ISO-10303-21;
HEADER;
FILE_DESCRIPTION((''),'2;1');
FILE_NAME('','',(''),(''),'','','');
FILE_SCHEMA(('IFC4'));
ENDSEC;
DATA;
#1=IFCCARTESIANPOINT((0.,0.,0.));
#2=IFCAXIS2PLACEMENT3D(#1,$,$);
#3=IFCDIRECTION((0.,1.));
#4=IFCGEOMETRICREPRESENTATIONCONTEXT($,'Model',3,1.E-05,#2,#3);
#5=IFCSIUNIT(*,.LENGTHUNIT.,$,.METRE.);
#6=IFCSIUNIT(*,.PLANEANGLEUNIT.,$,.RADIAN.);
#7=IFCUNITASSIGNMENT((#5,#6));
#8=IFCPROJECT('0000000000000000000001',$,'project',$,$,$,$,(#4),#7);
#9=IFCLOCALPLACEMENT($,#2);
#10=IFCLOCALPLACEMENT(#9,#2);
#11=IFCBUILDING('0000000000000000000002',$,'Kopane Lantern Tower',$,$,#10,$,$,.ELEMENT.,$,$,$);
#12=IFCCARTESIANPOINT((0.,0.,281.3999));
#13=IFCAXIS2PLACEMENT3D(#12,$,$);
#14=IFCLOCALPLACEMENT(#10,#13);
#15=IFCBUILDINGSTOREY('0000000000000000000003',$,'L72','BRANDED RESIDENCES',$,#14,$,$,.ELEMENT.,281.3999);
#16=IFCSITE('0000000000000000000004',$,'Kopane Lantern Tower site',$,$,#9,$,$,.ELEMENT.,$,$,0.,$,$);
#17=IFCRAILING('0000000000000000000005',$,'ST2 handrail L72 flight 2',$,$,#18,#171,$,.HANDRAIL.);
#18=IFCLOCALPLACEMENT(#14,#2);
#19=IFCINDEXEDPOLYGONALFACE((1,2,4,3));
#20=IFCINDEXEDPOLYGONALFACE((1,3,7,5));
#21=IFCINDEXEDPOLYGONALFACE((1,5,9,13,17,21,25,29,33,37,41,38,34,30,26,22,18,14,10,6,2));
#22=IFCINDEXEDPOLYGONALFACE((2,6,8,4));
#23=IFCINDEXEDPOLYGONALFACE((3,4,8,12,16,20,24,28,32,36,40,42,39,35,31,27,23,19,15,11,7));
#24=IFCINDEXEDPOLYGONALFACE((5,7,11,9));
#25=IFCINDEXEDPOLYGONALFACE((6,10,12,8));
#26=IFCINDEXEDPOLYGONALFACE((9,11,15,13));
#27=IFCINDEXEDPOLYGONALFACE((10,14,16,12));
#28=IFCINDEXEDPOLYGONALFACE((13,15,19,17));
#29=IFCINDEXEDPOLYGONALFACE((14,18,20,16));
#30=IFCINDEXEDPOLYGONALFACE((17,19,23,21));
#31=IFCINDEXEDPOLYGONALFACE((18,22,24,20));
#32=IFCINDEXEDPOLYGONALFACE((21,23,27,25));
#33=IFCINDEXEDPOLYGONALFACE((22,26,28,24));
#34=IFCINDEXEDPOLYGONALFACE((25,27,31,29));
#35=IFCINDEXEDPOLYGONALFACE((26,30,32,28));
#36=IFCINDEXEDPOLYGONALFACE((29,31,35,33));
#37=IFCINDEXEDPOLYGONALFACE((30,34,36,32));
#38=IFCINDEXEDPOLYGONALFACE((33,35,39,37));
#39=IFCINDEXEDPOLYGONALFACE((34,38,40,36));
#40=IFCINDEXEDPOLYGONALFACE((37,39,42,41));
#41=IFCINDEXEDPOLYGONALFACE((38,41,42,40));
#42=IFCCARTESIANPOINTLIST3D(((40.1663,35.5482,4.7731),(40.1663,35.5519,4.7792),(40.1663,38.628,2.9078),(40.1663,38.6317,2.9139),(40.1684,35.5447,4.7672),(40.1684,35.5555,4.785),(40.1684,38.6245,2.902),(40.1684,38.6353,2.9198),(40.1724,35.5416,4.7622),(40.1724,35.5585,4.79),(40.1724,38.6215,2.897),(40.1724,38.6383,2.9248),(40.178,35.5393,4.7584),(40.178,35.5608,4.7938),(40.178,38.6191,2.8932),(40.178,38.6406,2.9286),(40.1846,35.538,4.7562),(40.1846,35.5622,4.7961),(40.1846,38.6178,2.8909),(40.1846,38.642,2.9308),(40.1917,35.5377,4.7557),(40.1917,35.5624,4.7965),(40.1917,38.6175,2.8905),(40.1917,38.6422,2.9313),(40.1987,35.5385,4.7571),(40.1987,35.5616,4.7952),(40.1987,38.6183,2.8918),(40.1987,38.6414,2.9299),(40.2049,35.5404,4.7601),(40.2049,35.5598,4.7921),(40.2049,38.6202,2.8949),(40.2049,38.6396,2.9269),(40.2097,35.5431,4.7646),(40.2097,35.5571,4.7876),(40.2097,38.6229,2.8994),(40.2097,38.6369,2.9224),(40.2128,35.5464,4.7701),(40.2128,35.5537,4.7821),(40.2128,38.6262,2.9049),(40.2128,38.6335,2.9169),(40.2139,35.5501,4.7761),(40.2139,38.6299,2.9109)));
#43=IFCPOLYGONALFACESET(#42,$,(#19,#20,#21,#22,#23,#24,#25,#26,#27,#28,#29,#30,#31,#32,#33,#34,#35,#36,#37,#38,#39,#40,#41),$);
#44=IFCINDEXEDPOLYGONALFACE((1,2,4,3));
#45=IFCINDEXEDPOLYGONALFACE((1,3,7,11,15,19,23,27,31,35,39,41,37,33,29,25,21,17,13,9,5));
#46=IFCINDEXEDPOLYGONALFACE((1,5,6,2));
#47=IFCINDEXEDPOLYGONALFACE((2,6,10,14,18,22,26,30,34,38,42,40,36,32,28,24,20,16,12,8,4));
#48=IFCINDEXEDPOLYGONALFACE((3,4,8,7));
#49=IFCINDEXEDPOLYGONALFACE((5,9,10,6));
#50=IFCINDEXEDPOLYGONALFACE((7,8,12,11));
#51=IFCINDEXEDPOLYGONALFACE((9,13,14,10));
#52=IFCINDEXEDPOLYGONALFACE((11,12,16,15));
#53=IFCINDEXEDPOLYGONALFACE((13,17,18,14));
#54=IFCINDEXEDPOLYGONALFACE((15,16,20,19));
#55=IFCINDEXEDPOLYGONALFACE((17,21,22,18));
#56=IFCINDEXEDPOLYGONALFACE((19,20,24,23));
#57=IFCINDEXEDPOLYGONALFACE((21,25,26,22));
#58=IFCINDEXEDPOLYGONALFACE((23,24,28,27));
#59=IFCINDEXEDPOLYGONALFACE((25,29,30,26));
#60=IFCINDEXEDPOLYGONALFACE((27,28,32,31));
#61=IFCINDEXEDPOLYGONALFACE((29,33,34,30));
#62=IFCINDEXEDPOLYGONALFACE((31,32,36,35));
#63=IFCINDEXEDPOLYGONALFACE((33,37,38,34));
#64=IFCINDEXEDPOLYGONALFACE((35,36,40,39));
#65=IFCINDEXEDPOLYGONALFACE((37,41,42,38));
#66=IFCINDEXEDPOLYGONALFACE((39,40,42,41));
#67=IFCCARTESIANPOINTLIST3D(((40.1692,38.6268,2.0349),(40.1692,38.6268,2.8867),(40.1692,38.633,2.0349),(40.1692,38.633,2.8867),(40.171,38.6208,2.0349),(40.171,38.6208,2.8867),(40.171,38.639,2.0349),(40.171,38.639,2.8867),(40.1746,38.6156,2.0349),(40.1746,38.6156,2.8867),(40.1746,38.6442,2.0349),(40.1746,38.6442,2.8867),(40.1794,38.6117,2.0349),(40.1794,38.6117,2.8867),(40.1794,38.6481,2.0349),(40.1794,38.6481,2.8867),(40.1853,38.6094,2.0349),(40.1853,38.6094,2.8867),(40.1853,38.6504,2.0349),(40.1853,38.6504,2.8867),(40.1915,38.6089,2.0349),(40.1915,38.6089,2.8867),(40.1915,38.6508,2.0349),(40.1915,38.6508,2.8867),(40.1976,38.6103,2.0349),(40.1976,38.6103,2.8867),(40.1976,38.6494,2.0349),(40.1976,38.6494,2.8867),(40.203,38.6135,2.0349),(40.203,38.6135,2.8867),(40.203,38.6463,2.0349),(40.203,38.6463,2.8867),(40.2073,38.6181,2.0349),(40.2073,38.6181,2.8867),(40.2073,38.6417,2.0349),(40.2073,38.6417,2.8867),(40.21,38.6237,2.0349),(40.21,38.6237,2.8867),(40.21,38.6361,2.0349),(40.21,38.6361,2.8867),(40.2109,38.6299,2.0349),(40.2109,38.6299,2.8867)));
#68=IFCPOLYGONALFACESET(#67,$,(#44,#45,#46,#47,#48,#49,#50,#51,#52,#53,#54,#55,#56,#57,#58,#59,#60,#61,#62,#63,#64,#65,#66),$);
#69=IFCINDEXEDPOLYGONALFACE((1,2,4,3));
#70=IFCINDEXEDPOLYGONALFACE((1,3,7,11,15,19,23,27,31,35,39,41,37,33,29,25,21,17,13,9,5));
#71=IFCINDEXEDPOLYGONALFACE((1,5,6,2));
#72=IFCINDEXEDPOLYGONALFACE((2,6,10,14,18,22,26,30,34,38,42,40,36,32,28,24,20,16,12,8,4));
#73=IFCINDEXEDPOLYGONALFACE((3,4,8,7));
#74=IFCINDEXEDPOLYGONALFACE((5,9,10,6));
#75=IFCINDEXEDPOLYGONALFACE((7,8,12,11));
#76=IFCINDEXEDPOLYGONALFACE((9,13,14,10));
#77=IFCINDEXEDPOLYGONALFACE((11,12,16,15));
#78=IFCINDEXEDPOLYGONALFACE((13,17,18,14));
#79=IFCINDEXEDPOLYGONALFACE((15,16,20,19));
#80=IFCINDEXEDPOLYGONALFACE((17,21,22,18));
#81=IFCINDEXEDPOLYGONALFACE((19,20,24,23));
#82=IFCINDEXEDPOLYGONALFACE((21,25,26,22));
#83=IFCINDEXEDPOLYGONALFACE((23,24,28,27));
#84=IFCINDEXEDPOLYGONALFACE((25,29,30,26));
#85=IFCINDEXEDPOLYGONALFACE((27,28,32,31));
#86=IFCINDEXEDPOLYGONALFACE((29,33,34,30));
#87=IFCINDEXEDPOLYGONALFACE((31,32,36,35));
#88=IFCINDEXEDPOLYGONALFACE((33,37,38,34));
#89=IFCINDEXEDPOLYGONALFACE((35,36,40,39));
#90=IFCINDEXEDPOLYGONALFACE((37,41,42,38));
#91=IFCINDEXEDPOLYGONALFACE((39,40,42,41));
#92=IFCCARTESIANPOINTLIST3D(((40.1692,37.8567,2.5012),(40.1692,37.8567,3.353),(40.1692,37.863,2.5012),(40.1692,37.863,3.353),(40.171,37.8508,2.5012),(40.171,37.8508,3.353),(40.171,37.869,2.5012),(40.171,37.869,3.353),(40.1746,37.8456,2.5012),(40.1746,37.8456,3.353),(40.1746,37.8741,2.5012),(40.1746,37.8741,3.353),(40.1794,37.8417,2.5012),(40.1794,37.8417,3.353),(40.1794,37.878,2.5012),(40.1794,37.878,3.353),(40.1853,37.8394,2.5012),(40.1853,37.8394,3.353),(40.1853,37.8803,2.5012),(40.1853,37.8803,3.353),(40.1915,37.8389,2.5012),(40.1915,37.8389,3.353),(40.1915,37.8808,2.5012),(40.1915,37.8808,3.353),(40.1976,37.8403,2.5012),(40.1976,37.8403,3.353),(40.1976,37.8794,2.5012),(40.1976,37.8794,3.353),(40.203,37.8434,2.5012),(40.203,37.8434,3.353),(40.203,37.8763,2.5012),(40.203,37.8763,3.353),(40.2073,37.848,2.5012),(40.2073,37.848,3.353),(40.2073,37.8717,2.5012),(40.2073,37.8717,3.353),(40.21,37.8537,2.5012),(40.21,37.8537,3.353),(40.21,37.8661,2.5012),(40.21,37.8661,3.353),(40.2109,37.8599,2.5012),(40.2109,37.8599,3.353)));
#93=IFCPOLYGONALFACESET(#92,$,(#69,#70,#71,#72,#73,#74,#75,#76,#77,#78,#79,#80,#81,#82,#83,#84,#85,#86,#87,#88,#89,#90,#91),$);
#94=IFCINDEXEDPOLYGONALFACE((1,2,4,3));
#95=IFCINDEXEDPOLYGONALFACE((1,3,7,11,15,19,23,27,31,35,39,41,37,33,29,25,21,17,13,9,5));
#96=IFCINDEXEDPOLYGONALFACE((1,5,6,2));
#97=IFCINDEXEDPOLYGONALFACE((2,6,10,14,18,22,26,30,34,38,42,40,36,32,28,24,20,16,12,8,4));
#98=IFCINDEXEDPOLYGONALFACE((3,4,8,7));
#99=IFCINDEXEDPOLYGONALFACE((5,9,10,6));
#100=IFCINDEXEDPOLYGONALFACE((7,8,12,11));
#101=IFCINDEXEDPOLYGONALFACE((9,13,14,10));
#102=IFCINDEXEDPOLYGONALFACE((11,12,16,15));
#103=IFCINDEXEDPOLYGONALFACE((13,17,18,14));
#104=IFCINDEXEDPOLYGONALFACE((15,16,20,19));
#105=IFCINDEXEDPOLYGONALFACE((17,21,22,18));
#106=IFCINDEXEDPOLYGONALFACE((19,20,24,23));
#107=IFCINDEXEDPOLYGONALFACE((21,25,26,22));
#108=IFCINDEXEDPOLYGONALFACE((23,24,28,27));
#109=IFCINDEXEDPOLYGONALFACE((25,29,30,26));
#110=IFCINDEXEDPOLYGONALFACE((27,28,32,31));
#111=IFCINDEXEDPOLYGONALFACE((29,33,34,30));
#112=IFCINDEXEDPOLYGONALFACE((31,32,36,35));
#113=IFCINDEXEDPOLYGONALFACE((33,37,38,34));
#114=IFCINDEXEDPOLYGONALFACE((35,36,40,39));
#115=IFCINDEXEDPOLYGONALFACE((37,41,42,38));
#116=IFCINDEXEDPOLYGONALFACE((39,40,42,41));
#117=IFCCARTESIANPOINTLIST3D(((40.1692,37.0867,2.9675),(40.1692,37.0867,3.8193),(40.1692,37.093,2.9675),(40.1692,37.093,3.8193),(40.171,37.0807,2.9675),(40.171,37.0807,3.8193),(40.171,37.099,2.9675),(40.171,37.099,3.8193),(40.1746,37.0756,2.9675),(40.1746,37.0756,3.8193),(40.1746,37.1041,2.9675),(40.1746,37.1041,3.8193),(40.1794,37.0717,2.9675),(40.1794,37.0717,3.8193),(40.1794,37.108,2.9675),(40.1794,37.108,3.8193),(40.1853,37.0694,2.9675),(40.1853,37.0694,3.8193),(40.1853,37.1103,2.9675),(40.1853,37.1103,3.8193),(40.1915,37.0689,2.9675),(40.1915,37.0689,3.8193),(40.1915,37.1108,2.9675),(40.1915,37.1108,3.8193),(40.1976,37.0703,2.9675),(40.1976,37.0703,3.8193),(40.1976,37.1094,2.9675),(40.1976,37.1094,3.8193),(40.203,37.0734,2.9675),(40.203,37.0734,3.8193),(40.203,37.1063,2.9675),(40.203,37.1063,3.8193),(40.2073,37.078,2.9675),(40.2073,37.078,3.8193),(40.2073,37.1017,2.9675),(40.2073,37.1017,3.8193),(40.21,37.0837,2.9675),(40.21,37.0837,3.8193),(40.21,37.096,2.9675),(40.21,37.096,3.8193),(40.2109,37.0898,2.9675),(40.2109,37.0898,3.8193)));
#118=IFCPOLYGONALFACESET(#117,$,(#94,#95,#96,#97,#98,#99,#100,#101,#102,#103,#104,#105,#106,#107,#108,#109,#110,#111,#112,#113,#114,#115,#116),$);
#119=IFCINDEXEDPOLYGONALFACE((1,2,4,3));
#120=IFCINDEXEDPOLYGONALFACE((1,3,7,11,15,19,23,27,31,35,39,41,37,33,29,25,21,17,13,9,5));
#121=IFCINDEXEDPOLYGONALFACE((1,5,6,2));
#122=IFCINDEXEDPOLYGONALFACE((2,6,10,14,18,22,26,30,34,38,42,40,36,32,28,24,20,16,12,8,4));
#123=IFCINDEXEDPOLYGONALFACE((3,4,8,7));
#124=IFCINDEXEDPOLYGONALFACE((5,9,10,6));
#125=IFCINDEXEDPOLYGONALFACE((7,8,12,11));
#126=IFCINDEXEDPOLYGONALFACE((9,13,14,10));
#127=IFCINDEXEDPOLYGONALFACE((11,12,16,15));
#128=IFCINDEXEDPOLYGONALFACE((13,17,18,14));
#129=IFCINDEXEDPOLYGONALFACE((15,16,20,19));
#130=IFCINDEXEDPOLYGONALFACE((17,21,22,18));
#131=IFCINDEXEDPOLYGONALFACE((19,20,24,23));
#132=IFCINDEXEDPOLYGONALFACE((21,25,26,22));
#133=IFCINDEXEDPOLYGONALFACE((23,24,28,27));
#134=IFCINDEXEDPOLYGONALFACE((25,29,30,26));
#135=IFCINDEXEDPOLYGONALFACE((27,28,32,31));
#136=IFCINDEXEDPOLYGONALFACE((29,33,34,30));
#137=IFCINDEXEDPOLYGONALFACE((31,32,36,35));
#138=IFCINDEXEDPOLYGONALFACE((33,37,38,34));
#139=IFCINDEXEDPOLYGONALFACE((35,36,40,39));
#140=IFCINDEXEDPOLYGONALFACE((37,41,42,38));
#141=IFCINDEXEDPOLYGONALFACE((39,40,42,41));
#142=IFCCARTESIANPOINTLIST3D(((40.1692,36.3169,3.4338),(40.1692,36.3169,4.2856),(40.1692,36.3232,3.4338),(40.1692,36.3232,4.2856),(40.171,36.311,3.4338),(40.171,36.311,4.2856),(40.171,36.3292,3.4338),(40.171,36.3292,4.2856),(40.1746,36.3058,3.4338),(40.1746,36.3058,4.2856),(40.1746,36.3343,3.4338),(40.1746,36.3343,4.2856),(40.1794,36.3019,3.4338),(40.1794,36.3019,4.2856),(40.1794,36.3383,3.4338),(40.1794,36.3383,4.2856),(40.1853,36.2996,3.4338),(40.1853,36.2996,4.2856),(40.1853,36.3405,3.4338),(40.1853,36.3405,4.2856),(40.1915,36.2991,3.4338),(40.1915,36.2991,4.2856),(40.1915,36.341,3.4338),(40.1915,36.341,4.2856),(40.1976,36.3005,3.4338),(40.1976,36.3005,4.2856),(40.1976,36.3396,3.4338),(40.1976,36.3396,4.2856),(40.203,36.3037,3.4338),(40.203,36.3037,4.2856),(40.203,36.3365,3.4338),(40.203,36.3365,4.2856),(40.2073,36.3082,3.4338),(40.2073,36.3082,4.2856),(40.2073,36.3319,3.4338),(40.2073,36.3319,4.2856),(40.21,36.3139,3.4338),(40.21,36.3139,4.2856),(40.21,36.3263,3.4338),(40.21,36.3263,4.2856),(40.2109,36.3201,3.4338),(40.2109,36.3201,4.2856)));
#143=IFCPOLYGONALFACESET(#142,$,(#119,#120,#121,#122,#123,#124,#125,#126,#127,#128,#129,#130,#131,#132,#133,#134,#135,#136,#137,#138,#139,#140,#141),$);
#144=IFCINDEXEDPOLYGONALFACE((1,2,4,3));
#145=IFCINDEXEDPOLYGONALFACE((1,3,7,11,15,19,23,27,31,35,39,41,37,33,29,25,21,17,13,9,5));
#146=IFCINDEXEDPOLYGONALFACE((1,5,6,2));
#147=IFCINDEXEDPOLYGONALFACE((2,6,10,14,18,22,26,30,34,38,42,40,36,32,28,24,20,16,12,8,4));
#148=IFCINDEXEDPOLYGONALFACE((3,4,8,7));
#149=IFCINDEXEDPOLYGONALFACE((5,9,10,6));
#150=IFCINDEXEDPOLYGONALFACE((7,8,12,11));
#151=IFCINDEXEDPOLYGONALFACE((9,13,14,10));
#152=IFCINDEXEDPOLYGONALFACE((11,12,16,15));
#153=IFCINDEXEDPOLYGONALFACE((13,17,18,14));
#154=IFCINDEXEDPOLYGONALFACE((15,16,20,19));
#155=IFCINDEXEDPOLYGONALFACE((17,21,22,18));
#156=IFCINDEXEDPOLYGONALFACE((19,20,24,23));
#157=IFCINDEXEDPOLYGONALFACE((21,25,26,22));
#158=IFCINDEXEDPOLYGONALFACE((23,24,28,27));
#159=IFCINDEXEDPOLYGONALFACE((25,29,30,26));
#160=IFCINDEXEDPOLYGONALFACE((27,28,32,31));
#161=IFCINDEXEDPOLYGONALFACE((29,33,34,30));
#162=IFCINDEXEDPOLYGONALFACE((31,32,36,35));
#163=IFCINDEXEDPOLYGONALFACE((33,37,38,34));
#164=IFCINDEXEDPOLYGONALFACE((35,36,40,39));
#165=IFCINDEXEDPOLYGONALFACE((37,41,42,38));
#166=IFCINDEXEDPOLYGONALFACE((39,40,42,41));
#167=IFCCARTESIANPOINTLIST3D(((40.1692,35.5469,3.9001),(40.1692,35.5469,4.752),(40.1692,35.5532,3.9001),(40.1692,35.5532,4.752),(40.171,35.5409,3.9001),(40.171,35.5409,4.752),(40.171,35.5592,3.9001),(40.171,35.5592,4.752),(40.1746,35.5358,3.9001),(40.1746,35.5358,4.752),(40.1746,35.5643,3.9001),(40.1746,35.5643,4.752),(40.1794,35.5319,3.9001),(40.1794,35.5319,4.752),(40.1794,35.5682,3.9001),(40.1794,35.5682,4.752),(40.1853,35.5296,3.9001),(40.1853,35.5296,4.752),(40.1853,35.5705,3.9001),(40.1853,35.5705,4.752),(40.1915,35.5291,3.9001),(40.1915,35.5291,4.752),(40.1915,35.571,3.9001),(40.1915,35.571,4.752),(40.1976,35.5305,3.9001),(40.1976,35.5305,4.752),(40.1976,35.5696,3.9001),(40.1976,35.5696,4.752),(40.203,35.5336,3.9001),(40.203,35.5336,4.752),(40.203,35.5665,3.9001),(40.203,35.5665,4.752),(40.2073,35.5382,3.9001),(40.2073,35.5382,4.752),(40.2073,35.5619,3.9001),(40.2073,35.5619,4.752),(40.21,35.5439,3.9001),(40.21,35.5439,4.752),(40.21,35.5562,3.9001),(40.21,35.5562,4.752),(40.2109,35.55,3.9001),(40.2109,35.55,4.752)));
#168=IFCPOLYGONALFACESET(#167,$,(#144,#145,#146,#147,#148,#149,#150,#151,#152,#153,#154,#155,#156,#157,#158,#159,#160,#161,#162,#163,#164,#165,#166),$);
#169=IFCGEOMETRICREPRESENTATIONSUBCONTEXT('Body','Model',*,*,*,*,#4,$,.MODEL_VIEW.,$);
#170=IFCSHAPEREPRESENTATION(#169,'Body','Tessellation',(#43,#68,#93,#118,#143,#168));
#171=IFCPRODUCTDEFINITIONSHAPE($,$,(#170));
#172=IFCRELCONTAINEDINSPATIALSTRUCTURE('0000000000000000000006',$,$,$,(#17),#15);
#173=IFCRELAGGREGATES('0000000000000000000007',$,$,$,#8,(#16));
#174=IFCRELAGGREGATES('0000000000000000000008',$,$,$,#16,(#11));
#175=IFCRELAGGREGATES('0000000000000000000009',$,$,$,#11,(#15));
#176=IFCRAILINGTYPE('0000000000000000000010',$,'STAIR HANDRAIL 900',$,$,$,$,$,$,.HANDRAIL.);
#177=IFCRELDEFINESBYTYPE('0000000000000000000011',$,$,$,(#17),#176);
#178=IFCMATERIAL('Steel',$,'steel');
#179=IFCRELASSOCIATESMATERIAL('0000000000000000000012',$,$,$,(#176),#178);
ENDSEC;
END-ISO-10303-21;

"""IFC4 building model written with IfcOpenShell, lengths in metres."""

from ifc_helpers import new_model, si_unit, direction, frame, origin, origin_2d, place, context, subcontext, project, spatial, circle, extrude, material, type_object, element, save


model = new_model("IFC4")

# Units and contexts
model_context = context("Model", 3, precision=1e-05, world=origin(), true_north=direction((0.0, 1.0)))
body_context = subcontext(model_context, "Body", "Model", "MODEL_VIEW")
ifc_project = project(units=[si_unit("LENGTHUNIT", "METRE"), si_unit("PLANEANGLEUNIT", "RADIAN")], contexts=[model_context])

# Site, building, storey
site_placement = place(None, origin())
site = spatial("IfcSite", under=ifc_project, at=site_placement, Name="Kopane Lantern Tower site", CompositionType="ELEMENT", RefElevation=0.0)
building_placement = place(site_placement, origin())
building = spatial("IfcBuilding", under=site, at=building_placement, Name="Kopane Lantern Tower", CompositionType="ELEMENT")
storey_placement = place(building_placement, frame((0.0, 0.0, 281.3999)))
storey = spatial("IfcBuildingStorey", under=building, at=storey_placement, Name="L72", Description="BRANDED RESIDENCES", CompositionType="ELEMENT", Elevation=281.3999)

# Railing
ifc_material_1 = material(Name="Steel", Category="steel")
railing_type = type_object("IfcRailingType", Name="STAIR HANDRAIL 900", PredefinedType="HANDRAIL", material=ifc_material_1)
for number, where, name in (
    (1, (40.1899, 38.6299, 2.0349), "ST2 handrail L72 flight 2"),
):
    element("IfcRailing", number, at=place(storey_placement, frame(where)), inside=storey, type_object=railing_type, Name=name, PredefinedType="HANDRAIL", context=body_context, shape_type="SweptSolid", body=[
        extrude(circle(Radius=0.0239, at=origin_2d()), frame((0.0, 0.0, 0.876), z_axis=(0.0, -0.855362, 0.518031), x_axis=(1.0, 0.0, 0.0)), (0.0, 0.0, 1.0), 3.6006),
        extrude(circle(Radius=0.021, at=origin_2d()), origin(), (0.0, 0.0, 1.0), 0.8518),
        extrude(circle(Radius=0.021, at=origin_2d()), frame((0.0, -0.77, 0.4663)), (0.0, 0.0, 1.0), 0.8518),
        extrude(circle(Radius=0.021, at=origin_2d()), frame((0.0, -1.54, 0.9326)), (0.0, 0.0, 1.0), 0.8518),
        extrude(circle(Radius=0.021, at=origin_2d()), frame((0.0, -2.3098, 1.3989)), (0.0, 0.0, 1.0), 0.8518),
        extrude(circle(Radius=0.021, at=origin_2d()), frame((0.0, -3.0798, 1.8652)), (0.0, 0.0, 1.0), 0.8518),
    ])

save(model, "model.ifc")
